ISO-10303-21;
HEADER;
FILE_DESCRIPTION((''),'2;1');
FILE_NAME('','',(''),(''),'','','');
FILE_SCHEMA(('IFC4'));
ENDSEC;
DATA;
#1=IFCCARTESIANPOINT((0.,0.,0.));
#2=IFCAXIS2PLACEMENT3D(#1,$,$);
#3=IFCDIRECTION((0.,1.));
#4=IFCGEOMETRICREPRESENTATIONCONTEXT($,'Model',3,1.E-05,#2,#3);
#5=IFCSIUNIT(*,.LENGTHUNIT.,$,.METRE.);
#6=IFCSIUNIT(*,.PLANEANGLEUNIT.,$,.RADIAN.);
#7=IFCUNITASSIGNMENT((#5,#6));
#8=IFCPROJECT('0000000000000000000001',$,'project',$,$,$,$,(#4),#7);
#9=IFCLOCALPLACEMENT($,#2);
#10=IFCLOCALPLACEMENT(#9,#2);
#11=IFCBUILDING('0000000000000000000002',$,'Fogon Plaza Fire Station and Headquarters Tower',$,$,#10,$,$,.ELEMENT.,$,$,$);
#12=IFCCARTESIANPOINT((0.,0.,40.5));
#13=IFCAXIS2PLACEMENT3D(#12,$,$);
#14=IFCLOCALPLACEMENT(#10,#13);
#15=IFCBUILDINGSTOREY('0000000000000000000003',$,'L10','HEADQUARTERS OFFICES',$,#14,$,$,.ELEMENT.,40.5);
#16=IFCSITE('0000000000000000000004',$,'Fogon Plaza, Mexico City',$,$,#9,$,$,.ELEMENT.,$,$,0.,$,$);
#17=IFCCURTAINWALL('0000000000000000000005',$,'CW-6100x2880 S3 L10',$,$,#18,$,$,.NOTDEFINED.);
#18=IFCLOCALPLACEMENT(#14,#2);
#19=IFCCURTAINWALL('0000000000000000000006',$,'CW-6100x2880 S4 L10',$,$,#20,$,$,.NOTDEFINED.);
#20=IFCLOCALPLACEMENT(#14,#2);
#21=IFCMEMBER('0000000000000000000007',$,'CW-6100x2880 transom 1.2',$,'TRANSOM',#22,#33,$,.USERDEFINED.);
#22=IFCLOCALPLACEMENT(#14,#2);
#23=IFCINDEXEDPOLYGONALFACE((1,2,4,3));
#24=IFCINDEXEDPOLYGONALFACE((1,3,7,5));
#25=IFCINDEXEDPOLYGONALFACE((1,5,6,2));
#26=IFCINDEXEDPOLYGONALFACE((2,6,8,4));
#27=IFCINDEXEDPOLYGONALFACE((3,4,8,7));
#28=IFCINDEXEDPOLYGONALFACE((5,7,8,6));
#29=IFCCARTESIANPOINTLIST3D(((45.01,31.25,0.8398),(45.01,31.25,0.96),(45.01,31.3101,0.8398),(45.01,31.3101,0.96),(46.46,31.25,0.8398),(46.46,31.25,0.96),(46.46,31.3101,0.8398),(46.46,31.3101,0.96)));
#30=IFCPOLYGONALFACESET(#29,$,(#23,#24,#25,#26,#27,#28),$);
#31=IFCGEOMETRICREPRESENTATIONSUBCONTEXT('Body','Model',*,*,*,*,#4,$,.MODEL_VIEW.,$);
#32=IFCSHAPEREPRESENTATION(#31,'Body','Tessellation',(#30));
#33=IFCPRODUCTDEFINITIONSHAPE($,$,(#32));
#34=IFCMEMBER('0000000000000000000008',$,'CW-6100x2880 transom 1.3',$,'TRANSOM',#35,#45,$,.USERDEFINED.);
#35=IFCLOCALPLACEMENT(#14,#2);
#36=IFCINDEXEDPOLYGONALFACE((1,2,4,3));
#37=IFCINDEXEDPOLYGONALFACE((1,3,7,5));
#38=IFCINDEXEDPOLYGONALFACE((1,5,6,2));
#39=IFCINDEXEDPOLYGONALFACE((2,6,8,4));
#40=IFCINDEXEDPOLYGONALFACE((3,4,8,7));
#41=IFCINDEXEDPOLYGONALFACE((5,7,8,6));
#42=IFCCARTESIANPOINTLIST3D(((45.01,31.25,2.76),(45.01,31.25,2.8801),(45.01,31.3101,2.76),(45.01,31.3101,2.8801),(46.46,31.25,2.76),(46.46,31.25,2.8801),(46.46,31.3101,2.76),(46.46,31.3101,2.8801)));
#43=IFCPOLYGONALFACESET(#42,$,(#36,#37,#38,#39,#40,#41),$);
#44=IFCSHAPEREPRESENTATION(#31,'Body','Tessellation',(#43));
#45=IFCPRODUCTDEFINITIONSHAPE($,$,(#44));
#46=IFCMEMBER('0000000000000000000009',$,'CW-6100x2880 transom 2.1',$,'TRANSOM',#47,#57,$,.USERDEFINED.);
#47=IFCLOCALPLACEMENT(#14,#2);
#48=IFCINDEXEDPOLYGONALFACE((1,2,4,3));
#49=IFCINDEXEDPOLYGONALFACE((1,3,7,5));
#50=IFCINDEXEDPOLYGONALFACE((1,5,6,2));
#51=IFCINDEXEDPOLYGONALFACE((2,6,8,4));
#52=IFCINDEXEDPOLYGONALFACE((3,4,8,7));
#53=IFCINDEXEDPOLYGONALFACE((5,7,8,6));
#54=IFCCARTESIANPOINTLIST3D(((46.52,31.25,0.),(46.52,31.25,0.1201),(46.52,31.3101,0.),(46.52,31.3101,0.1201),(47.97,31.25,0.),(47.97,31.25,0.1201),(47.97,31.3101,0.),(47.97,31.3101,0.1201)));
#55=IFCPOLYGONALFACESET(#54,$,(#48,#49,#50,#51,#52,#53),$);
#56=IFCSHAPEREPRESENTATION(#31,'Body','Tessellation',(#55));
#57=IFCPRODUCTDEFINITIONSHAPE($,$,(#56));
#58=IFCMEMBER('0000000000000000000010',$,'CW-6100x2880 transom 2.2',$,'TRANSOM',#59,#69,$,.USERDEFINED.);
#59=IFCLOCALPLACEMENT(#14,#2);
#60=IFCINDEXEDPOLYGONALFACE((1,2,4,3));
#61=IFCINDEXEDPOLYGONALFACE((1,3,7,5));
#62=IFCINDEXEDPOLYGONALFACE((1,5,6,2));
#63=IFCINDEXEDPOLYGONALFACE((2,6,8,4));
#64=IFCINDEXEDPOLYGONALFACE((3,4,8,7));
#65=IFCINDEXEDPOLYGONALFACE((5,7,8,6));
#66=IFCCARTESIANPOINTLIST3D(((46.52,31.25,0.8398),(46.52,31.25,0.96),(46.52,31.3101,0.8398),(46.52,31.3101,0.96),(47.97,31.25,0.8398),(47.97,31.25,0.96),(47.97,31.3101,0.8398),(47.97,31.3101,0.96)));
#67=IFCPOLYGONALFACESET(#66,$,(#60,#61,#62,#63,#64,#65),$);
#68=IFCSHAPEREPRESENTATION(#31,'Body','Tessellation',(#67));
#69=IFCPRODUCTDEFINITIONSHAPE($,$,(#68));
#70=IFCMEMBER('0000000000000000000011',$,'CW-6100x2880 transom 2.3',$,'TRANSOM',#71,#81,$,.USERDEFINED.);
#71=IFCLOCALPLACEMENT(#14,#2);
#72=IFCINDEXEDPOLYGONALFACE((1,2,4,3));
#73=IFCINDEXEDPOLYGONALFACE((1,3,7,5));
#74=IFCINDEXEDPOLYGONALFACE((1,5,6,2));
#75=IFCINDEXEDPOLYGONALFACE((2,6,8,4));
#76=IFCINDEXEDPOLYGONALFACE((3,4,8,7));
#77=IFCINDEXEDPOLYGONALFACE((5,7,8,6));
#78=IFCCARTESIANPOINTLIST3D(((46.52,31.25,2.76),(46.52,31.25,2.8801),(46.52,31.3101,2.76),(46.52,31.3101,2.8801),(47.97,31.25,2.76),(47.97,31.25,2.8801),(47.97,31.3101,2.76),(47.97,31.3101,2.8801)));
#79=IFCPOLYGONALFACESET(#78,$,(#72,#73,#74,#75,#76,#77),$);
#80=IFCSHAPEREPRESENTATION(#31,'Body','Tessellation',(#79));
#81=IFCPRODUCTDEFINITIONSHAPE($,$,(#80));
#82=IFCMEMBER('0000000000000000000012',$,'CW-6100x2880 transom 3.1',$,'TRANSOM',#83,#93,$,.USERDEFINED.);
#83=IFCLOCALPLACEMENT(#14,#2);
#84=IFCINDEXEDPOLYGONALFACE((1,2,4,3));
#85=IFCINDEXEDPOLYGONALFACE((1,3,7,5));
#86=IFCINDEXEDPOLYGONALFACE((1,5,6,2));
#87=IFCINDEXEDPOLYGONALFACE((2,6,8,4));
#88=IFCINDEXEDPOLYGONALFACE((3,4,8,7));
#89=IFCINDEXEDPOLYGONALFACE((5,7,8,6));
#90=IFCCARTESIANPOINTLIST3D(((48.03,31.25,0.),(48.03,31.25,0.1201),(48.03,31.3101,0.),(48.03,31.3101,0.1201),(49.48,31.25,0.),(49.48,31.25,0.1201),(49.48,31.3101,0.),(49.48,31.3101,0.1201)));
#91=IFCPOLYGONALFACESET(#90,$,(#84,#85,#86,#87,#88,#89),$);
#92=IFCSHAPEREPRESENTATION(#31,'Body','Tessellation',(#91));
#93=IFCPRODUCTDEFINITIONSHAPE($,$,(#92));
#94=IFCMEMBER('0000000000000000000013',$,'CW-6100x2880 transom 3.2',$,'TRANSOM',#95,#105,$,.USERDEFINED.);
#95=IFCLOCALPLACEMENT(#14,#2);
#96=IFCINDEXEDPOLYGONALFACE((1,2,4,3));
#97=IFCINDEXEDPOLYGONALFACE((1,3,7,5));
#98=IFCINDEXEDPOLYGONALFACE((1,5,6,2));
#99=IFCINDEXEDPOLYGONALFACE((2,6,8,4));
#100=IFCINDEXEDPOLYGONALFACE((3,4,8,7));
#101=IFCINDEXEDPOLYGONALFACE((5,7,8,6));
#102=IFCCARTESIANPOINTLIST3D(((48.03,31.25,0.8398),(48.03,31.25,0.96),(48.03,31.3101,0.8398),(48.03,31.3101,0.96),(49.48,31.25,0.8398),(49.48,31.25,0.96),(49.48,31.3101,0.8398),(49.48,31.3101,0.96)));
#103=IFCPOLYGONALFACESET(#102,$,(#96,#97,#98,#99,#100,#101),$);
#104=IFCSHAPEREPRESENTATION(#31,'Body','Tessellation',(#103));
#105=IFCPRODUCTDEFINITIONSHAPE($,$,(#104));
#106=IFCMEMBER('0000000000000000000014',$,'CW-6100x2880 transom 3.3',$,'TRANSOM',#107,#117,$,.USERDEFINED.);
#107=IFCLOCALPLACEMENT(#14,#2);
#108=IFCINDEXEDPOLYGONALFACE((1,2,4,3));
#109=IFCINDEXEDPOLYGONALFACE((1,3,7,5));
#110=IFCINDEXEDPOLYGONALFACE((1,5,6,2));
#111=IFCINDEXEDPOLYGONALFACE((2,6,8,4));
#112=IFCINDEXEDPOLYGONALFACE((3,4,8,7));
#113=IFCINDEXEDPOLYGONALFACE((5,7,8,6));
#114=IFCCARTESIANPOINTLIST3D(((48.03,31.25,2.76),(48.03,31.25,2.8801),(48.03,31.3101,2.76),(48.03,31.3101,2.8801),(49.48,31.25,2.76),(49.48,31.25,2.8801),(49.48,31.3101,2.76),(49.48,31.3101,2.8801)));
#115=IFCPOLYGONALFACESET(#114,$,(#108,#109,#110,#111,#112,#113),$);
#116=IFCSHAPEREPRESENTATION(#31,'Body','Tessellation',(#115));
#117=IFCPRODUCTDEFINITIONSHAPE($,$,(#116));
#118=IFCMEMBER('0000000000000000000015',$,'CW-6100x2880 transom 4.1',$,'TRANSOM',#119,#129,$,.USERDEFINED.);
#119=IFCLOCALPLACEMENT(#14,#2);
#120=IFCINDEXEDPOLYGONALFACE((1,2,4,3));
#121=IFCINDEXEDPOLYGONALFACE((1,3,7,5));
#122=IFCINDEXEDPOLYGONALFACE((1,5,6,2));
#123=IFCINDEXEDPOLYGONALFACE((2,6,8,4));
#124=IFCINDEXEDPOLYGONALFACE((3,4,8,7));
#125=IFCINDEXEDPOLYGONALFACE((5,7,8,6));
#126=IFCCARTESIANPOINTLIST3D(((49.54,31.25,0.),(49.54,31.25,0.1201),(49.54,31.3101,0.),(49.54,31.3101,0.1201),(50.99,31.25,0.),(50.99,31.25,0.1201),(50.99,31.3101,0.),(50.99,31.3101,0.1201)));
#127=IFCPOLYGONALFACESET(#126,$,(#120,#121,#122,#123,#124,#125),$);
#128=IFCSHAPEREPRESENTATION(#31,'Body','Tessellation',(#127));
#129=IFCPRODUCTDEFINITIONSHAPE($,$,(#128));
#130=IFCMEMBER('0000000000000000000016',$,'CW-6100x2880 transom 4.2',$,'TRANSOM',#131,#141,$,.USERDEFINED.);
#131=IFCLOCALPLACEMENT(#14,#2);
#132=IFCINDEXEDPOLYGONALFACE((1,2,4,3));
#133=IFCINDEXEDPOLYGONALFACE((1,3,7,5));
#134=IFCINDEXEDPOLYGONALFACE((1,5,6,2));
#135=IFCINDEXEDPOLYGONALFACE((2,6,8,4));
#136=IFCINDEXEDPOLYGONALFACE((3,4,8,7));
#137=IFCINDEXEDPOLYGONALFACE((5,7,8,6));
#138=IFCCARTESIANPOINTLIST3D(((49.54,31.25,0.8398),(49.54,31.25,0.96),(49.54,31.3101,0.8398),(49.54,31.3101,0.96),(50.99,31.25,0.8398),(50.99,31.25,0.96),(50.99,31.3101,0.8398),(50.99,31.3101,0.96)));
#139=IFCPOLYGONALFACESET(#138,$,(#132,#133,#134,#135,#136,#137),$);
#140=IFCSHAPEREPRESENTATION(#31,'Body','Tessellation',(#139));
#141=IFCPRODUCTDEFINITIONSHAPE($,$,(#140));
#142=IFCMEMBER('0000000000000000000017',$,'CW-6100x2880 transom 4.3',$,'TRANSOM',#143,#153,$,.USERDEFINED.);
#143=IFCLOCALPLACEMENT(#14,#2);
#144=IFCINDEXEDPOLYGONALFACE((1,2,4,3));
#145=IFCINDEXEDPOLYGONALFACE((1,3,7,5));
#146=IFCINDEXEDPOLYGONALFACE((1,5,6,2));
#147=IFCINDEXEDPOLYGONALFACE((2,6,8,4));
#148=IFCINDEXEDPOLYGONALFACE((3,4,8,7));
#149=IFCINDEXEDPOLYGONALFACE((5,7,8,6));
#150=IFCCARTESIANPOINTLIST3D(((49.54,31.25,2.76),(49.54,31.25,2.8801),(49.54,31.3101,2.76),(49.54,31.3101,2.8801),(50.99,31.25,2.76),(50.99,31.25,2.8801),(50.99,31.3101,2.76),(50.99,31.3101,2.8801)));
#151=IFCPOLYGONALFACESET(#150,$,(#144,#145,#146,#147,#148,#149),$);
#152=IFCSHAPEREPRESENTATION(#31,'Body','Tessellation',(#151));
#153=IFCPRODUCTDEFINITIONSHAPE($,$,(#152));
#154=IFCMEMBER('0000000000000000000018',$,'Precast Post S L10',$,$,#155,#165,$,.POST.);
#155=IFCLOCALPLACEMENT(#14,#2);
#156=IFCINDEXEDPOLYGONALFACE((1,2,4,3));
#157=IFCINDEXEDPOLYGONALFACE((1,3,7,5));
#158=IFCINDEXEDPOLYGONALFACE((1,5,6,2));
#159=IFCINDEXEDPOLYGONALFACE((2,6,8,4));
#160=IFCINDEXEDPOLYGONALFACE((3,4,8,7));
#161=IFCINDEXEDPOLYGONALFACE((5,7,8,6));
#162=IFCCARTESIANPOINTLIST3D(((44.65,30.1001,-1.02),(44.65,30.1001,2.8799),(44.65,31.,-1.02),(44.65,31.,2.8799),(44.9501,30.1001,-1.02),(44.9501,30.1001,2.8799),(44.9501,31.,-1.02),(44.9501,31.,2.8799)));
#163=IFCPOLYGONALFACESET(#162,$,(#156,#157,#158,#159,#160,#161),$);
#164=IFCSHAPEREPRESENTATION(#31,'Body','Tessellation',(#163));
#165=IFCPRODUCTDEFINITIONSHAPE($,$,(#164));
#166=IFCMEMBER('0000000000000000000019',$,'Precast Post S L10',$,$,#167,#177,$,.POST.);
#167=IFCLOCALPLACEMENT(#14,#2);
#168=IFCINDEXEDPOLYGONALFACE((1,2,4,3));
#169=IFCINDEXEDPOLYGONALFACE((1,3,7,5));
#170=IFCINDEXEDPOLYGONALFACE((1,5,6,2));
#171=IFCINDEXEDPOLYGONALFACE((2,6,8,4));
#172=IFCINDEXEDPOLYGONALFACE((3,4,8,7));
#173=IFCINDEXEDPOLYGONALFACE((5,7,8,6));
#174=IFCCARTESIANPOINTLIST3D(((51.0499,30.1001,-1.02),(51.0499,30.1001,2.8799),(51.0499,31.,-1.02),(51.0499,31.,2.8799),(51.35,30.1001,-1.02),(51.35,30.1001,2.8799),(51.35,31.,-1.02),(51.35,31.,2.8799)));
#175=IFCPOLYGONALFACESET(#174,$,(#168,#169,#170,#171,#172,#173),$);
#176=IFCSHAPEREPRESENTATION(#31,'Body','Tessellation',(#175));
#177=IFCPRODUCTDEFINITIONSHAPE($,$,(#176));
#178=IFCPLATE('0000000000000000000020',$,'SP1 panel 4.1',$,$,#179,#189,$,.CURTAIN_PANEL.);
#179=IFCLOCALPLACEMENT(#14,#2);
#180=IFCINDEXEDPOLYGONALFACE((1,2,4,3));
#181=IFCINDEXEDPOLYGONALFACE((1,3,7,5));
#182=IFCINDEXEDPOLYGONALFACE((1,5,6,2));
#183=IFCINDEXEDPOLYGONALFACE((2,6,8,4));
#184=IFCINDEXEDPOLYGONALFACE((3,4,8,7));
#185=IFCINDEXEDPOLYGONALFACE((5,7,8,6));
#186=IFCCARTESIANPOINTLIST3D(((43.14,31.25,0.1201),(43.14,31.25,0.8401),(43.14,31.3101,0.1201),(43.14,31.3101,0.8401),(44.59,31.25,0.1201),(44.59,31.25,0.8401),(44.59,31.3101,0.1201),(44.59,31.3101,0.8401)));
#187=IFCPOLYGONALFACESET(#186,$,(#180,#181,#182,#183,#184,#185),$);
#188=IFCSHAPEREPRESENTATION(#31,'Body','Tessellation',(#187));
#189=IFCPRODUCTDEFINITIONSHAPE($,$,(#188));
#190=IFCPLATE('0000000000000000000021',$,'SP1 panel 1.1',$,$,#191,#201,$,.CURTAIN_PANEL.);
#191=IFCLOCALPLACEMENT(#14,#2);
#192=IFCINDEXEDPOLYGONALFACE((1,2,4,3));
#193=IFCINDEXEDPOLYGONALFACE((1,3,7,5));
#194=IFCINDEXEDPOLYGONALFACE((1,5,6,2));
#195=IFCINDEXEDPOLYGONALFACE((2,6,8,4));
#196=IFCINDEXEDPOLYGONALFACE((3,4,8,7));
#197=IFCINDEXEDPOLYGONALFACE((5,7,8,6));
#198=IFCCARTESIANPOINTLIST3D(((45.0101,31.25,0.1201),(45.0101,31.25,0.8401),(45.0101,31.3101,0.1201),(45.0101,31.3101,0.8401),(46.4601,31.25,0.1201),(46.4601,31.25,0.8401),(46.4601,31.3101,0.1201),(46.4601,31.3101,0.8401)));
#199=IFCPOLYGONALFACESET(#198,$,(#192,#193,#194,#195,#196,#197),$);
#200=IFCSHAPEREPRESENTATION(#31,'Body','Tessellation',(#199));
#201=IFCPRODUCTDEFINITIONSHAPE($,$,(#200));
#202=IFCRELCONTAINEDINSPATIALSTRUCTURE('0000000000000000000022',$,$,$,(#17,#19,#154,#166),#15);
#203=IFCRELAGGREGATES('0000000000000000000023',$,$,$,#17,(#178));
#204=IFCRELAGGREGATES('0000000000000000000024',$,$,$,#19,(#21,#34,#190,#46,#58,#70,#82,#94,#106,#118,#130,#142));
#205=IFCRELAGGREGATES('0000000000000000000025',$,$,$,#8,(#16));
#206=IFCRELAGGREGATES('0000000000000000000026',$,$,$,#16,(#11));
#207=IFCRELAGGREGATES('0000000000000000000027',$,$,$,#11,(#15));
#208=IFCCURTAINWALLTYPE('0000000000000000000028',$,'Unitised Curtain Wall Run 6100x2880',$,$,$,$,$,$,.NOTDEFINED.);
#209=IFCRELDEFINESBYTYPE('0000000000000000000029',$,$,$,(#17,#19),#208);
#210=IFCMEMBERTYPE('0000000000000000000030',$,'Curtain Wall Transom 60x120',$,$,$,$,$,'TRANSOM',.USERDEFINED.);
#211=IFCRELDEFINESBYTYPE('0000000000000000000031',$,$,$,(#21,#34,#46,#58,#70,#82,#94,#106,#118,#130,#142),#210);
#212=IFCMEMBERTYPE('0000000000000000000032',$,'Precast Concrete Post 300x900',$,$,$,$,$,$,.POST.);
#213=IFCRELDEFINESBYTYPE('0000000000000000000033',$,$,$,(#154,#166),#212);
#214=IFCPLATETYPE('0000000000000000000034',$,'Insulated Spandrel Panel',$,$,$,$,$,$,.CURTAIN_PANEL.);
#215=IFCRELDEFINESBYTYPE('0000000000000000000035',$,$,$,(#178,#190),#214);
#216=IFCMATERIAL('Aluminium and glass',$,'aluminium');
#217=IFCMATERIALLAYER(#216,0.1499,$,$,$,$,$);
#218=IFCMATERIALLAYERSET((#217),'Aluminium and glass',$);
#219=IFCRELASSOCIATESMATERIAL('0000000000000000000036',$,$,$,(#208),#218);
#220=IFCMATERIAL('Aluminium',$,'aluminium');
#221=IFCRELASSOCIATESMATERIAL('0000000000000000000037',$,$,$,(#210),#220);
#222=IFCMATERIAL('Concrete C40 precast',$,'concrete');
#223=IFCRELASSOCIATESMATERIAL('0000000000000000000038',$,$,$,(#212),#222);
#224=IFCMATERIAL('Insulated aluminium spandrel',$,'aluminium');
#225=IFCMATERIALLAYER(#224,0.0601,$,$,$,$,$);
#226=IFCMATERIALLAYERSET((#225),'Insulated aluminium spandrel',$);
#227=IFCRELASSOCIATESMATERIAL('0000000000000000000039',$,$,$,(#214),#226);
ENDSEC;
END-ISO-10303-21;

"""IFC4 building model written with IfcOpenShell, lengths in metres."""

from ifc_helpers import new_model, si_unit, direction, frame, origin, origin_2d, place, context, subcontext, project, spatial, rectangle, extrude, material, layer, layer_set, material_profile, profile_set, type_object, element, aggregate, save


model = new_model("IFC4")

# Units and contexts
model_context = context("Model", 3, precision=1e-05, world=origin(), true_north=direction((0.0, 1.0)))
body_context = subcontext(model_context, "Body", "Model", "MODEL_VIEW")
ifc_project = project(units=[si_unit("LENGTHUNIT", "METRE"), si_unit("PLANEANGLEUNIT", "RADIAN")], contexts=[model_context])

# Site, building, storey
site_placement = place(None, origin())
site = spatial("IfcSite", under=ifc_project, at=site_placement, Name="Fogon Plaza, Mexico City", CompositionType="ELEMENT", RefElevation=0.0)
building_placement = place(site_placement, origin())
building = spatial("IfcBuilding", under=site, at=building_placement, Name="Fogon Plaza Fire Station and Headquarters Tower", CompositionType="ELEMENT")
storey_placement = place(building_placement, frame((0.0, 0.0, 40.5)))
storey = spatial("IfcBuildingStorey", under=building, at=storey_placement, Name="L10", Description="HEADQUARTERS OFFICES", CompositionType="ELEMENT", Elevation=40.5)

# Curtain walls
ifc_material_1 = material(Name="Aluminium and glass", Category="aluminium")
ifc_layer_1 = layer(ifc_material_1, 0.1499)
ifc_layer_set_1 = layer_set([ifc_layer_1], Name="Aluminium and glass")
curtain_wall_type = type_object("IfcCurtainWallType", Name="Unitised Curtain Wall Run 6100x2880", PredefinedType="NOTDEFINED", material=ifc_layer_set_1)
curtain_wall_1_placement = place(storey_placement, origin())
curtain_wall_1 = element("IfcCurtainWall", 1, at=curtain_wall_1_placement, inside=storey, type_object=curtain_wall_type, Name="CW-6100x2880 S3 L10", PredefinedType="NOTDEFINED")
curtain_wall_2_placement = place(storey_placement, origin())
curtain_wall_2 = element("IfcCurtainWall", 2, at=curtain_wall_2_placement, inside=storey, type_object=curtain_wall_type, Name="CW-6100x2880 S4 L10", PredefinedType="NOTDEFINED")

# Members
ifc_material_2 = material(Name="Aluminium", Category="aluminium")
ifc_material_profile_1 = material_profile(ifc_material_2, rectangle(XDim=0.0601, YDim=0.1201, at=origin_2d()), Name="Curtain Wall Transom 60x120")
ifc_profile_set_1 = profile_set([ifc_material_profile_1], Name="Aluminium")
member_type_1 = type_object("IfcMemberType", Name="Curtain Wall Transom 60x120", ElementType="TRANSOM", PredefinedType="USERDEFINED", material=ifc_profile_set_1)
member_1_placement = place(storey_placement, frame((45.01, 31.28, 0.8999), z_axis=(1.0, 0.0, 0.0), x_axis=(0.0, 1.0, 0.0)))
member_1 = element("IfcMember", 3, at=member_1_placement, type_object=member_type_1, Name="CW-6100x2880 transom 1.2", ObjectType="TRANSOM", PredefinedType="USERDEFINED", context=body_context, shape_type="SweptSolid", body=[
    extrude(rectangle(XDim=0.0601, YDim=0.1201, at=origin_2d()), origin(), (0.0, 0.0, 1.0), 1.45),
])
member_2_placement = place(storey_placement, frame((45.01, 31.28, 2.8201), z_axis=(1.0, 0.0, 0.0), x_axis=(0.0, 1.0, 0.0)))
member_2 = element("IfcMember", 4, at=member_2_placement, type_object=member_type_1, Name="CW-6100x2880 transom 1.3", ObjectType="TRANSOM", PredefinedType="USERDEFINED", context=body_context, shape_type="SweptSolid", body=[
    extrude(rectangle(XDim=0.0601, YDim=0.1201, at=origin_2d()), origin(), (0.0, 0.0, 1.0), 1.45),
])
member_3_placement = place(storey_placement, frame((46.52, 31.28, 0.0601), z_axis=(1.0, 0.0, 0.0), x_axis=(0.0, 1.0, 0.0)))
member_3 = element("IfcMember", 5, at=member_3_placement, type_object=member_type_1, Name="CW-6100x2880 transom 2.1", ObjectType="TRANSOM", PredefinedType="USERDEFINED", context=body_context, shape_type="SweptSolid", body=[
    extrude(rectangle(XDim=0.0601, YDim=0.1201, at=origin_2d()), origin(), (0.0, 0.0, 1.0), 1.45),
])
member_4_placement = place(storey_placement, frame((46.52, 31.28, 0.8999), z_axis=(1.0, 0.0, 0.0), x_axis=(0.0, 1.0, 0.0)))
member_4 = element("IfcMember", 6, at=member_4_placement, type_object=member_type_1, Name="CW-6100x2880 transom 2.2", ObjectType="TRANSOM", PredefinedType="USERDEFINED", context=body_context, shape_type="SweptSolid", body=[
    extrude(rectangle(XDim=0.0601, YDim=0.1201, at=origin_2d()), origin(), (0.0, 0.0, 1.0), 1.45),
])
member_5_placement = place(storey_placement, frame((46.52, 31.28, 2.8201), z_axis=(1.0, 0.0, 0.0), x_axis=(0.0, 1.0, 0.0)))
member_5 = element("IfcMember", 7, at=member_5_placement, type_object=member_type_1, Name="CW-6100x2880 transom 2.3", ObjectType="TRANSOM", PredefinedType="USERDEFINED", context=body_context, shape_type="SweptSolid", body=[
    extrude(rectangle(XDim=0.0601, YDim=0.1201, at=origin_2d()), origin(), (0.0, 0.0, 1.0), 1.45),
])
member_6_placement = place(storey_placement, frame((48.03, 31.28, 0.0601), z_axis=(1.0, 0.0, 0.0), x_axis=(0.0, 1.0, 0.0)))
member_6 = element("IfcMember", 8, at=member_6_placement, type_object=member_type_1, Name="CW-6100x2880 transom 3.1", ObjectType="TRANSOM", PredefinedType="USERDEFINED", context=body_context, shape_type="SweptSolid", body=[
    extrude(rectangle(XDim=0.0601, YDim=0.1201, at=origin_2d()), origin(), (0.0, 0.0, 1.0), 1.45),
])
member_7_placement = place(storey_placement, frame((48.03, 31.28, 0.8999), z_axis=(1.0, 0.0, 0.0), x_axis=(0.0, 1.0, 0.0)))
member_7 = element("IfcMember", 9, at=member_7_placement, type_object=member_type_1, Name="CW-6100x2880 transom 3.2", ObjectType="TRANSOM", PredefinedType="USERDEFINED", context=body_context, shape_type="SweptSolid", body=[
    extrude(rectangle(XDim=0.0601, YDim=0.1201, at=origin_2d()), origin(), (0.0, 0.0, 1.0), 1.45),
])
member_8_placement = place(storey_placement, frame((48.03, 31.28, 2.8201), z_axis=(1.0, 0.0, 0.0), x_axis=(0.0, 1.0, 0.0)))
member_8 = element("IfcMember", 10, at=member_8_placement, type_object=member_type_1, Name="CW-6100x2880 transom 3.3", ObjectType="TRANSOM", PredefinedType="USERDEFINED", context=body_context, shape_type="SweptSolid", body=[
    extrude(rectangle(XDim=0.0601, YDim=0.1201, at=origin_2d()), origin(), (0.0, 0.0, 1.0), 1.45),
])
member_9_placement = place(storey_placement, frame((49.54, 31.28, 0.0601), z_axis=(1.0, 0.0, 0.0), x_axis=(0.0, 1.0, 0.0)))
member_9 = element("IfcMember", 11, at=member_9_placement, type_object=member_type_1, Name="CW-6100x2880 transom 4.1", ObjectType="TRANSOM", PredefinedType="USERDEFINED", context=body_context, shape_type="SweptSolid", body=[
    extrude(rectangle(XDim=0.0601, YDim=0.1201, at=origin_2d()), origin(), (0.0, 0.0, 1.0), 1.45),
])
member_10_placement = place(storey_placement, frame((49.54, 31.28, 0.8999), z_axis=(1.0, 0.0, 0.0), x_axis=(0.0, 1.0, 0.0)))
member_10 = element("IfcMember", 12, at=member_10_placement, type_object=member_type_1, Name="CW-6100x2880 transom 4.2", ObjectType="TRANSOM", PredefinedType="USERDEFINED", context=body_context, shape_type="SweptSolid", body=[
    extrude(rectangle(XDim=0.0601, YDim=0.1201, at=origin_2d()), origin(), (0.0, 0.0, 1.0), 1.45),
])
member_11_placement = place(storey_placement, frame((49.54, 31.28, 2.8201), z_axis=(1.0, 0.0, 0.0), x_axis=(0.0, 1.0, 0.0)))
member_11 = element("IfcMember", 13, at=member_11_placement, type_object=member_type_1, Name="CW-6100x2880 transom 4.3", ObjectType="TRANSOM", PredefinedType="USERDEFINED", context=body_context, shape_type="SweptSolid", body=[
    extrude(rectangle(XDim=0.0601, YDim=0.1201, at=origin_2d()), origin(), (0.0, 0.0, 1.0), 1.45),
])

# Members
ifc_material_3 = material(Name="Concrete C40 precast", Category="concrete")
ifc_material_profile_2 = material_profile(ifc_material_3, rectangle(XDim=0.3, YDim=0.8999, at=origin_2d()), Name="Precast Concrete Post 300x900")
ifc_profile_set_2 = profile_set([ifc_material_profile_2], Name="Concrete C40 precast")
member_type_2 = type_object("IfcMemberType", Name="Precast Concrete Post 300x900", PredefinedType="POST", material=ifc_profile_set_2)
for number, where, z_axis, x_axis, name in (
    (14, (44.8, 30.55, -1.02), (0.0, 0.0, 1.0), (1.0, 0.0, 0.0), "Precast Post S L10"),
    (15, (51.2, 30.55, -1.02), (0.0, 0.0, 1.0), (1.0, 0.0, 0.0), "Precast Post S L10"),
):
    element("IfcMember", number, at=place(storey_placement, frame(where, z_axis=z_axis, x_axis=x_axis)), inside=storey, type_object=member_type_2, Name=name, PredefinedType="POST", context=body_context, shape_type="SweptSolid", body=[
        extrude(rectangle(XDim=0.3, YDim=0.8999, at=origin_2d()), origin(), (0.0, 0.0, 1.0), 3.8999),
    ])

# Plates
ifc_material_4 = material(Name="Insulated aluminium spandrel", Category="aluminium")
ifc_layer_2 = layer(ifc_material_4, 0.0601)
ifc_layer_set_2 = layer_set([ifc_layer_2], Name="Insulated aluminium spandrel")
plate_type_1 = type_object("IfcPlateType", Name="Insulated Spandrel Panel", PredefinedType="CURTAIN_PANEL", material=ifc_layer_set_2)
plate_1_placement = place(storey_placement, frame((43.865, 31.28, 0.1201), z_axis=(0.0, 0.0, 1.0), x_axis=(1.0, 0.0, 0.0)))
plate_1 = element("IfcPlate", 16, at=plate_1_placement, type_object=plate_type_1, Name="SP1 panel 4.1", PredefinedType="CURTAIN_PANEL", context=body_context, shape_type="SweptSolid", body=[
    extrude(rectangle(XDim=1.45, YDim=0.0601, at=origin_2d()), origin(), (0.0, 0.0, 1.0), 0.72),
])
plate_2_placement = place(storey_placement, frame((45.7351, 31.28, 0.1201), z_axis=(0.0, 0.0, 1.0), x_axis=(1.0, 0.0, 0.0)))
plate_2 = element("IfcPlate", 17, at=plate_2_placement, type_object=plate_type_1, Name="SP1 panel 1.1", PredefinedType="CURTAIN_PANEL", context=body_context, shape_type="SweptSolid", body=[
    extrude(rectangle(XDim=1.45, YDim=0.0601, at=origin_2d()), origin(), (0.0, 0.0, 1.0), 0.72),
])
aggregate(curtain_wall_1, [plate_1])
aggregate(curtain_wall_2, [member_1, member_2, plate_2, member_3, member_4, member_5, member_6, member_7, member_8, member_9, member_10, member_11])

save(model, "model.ifc")
